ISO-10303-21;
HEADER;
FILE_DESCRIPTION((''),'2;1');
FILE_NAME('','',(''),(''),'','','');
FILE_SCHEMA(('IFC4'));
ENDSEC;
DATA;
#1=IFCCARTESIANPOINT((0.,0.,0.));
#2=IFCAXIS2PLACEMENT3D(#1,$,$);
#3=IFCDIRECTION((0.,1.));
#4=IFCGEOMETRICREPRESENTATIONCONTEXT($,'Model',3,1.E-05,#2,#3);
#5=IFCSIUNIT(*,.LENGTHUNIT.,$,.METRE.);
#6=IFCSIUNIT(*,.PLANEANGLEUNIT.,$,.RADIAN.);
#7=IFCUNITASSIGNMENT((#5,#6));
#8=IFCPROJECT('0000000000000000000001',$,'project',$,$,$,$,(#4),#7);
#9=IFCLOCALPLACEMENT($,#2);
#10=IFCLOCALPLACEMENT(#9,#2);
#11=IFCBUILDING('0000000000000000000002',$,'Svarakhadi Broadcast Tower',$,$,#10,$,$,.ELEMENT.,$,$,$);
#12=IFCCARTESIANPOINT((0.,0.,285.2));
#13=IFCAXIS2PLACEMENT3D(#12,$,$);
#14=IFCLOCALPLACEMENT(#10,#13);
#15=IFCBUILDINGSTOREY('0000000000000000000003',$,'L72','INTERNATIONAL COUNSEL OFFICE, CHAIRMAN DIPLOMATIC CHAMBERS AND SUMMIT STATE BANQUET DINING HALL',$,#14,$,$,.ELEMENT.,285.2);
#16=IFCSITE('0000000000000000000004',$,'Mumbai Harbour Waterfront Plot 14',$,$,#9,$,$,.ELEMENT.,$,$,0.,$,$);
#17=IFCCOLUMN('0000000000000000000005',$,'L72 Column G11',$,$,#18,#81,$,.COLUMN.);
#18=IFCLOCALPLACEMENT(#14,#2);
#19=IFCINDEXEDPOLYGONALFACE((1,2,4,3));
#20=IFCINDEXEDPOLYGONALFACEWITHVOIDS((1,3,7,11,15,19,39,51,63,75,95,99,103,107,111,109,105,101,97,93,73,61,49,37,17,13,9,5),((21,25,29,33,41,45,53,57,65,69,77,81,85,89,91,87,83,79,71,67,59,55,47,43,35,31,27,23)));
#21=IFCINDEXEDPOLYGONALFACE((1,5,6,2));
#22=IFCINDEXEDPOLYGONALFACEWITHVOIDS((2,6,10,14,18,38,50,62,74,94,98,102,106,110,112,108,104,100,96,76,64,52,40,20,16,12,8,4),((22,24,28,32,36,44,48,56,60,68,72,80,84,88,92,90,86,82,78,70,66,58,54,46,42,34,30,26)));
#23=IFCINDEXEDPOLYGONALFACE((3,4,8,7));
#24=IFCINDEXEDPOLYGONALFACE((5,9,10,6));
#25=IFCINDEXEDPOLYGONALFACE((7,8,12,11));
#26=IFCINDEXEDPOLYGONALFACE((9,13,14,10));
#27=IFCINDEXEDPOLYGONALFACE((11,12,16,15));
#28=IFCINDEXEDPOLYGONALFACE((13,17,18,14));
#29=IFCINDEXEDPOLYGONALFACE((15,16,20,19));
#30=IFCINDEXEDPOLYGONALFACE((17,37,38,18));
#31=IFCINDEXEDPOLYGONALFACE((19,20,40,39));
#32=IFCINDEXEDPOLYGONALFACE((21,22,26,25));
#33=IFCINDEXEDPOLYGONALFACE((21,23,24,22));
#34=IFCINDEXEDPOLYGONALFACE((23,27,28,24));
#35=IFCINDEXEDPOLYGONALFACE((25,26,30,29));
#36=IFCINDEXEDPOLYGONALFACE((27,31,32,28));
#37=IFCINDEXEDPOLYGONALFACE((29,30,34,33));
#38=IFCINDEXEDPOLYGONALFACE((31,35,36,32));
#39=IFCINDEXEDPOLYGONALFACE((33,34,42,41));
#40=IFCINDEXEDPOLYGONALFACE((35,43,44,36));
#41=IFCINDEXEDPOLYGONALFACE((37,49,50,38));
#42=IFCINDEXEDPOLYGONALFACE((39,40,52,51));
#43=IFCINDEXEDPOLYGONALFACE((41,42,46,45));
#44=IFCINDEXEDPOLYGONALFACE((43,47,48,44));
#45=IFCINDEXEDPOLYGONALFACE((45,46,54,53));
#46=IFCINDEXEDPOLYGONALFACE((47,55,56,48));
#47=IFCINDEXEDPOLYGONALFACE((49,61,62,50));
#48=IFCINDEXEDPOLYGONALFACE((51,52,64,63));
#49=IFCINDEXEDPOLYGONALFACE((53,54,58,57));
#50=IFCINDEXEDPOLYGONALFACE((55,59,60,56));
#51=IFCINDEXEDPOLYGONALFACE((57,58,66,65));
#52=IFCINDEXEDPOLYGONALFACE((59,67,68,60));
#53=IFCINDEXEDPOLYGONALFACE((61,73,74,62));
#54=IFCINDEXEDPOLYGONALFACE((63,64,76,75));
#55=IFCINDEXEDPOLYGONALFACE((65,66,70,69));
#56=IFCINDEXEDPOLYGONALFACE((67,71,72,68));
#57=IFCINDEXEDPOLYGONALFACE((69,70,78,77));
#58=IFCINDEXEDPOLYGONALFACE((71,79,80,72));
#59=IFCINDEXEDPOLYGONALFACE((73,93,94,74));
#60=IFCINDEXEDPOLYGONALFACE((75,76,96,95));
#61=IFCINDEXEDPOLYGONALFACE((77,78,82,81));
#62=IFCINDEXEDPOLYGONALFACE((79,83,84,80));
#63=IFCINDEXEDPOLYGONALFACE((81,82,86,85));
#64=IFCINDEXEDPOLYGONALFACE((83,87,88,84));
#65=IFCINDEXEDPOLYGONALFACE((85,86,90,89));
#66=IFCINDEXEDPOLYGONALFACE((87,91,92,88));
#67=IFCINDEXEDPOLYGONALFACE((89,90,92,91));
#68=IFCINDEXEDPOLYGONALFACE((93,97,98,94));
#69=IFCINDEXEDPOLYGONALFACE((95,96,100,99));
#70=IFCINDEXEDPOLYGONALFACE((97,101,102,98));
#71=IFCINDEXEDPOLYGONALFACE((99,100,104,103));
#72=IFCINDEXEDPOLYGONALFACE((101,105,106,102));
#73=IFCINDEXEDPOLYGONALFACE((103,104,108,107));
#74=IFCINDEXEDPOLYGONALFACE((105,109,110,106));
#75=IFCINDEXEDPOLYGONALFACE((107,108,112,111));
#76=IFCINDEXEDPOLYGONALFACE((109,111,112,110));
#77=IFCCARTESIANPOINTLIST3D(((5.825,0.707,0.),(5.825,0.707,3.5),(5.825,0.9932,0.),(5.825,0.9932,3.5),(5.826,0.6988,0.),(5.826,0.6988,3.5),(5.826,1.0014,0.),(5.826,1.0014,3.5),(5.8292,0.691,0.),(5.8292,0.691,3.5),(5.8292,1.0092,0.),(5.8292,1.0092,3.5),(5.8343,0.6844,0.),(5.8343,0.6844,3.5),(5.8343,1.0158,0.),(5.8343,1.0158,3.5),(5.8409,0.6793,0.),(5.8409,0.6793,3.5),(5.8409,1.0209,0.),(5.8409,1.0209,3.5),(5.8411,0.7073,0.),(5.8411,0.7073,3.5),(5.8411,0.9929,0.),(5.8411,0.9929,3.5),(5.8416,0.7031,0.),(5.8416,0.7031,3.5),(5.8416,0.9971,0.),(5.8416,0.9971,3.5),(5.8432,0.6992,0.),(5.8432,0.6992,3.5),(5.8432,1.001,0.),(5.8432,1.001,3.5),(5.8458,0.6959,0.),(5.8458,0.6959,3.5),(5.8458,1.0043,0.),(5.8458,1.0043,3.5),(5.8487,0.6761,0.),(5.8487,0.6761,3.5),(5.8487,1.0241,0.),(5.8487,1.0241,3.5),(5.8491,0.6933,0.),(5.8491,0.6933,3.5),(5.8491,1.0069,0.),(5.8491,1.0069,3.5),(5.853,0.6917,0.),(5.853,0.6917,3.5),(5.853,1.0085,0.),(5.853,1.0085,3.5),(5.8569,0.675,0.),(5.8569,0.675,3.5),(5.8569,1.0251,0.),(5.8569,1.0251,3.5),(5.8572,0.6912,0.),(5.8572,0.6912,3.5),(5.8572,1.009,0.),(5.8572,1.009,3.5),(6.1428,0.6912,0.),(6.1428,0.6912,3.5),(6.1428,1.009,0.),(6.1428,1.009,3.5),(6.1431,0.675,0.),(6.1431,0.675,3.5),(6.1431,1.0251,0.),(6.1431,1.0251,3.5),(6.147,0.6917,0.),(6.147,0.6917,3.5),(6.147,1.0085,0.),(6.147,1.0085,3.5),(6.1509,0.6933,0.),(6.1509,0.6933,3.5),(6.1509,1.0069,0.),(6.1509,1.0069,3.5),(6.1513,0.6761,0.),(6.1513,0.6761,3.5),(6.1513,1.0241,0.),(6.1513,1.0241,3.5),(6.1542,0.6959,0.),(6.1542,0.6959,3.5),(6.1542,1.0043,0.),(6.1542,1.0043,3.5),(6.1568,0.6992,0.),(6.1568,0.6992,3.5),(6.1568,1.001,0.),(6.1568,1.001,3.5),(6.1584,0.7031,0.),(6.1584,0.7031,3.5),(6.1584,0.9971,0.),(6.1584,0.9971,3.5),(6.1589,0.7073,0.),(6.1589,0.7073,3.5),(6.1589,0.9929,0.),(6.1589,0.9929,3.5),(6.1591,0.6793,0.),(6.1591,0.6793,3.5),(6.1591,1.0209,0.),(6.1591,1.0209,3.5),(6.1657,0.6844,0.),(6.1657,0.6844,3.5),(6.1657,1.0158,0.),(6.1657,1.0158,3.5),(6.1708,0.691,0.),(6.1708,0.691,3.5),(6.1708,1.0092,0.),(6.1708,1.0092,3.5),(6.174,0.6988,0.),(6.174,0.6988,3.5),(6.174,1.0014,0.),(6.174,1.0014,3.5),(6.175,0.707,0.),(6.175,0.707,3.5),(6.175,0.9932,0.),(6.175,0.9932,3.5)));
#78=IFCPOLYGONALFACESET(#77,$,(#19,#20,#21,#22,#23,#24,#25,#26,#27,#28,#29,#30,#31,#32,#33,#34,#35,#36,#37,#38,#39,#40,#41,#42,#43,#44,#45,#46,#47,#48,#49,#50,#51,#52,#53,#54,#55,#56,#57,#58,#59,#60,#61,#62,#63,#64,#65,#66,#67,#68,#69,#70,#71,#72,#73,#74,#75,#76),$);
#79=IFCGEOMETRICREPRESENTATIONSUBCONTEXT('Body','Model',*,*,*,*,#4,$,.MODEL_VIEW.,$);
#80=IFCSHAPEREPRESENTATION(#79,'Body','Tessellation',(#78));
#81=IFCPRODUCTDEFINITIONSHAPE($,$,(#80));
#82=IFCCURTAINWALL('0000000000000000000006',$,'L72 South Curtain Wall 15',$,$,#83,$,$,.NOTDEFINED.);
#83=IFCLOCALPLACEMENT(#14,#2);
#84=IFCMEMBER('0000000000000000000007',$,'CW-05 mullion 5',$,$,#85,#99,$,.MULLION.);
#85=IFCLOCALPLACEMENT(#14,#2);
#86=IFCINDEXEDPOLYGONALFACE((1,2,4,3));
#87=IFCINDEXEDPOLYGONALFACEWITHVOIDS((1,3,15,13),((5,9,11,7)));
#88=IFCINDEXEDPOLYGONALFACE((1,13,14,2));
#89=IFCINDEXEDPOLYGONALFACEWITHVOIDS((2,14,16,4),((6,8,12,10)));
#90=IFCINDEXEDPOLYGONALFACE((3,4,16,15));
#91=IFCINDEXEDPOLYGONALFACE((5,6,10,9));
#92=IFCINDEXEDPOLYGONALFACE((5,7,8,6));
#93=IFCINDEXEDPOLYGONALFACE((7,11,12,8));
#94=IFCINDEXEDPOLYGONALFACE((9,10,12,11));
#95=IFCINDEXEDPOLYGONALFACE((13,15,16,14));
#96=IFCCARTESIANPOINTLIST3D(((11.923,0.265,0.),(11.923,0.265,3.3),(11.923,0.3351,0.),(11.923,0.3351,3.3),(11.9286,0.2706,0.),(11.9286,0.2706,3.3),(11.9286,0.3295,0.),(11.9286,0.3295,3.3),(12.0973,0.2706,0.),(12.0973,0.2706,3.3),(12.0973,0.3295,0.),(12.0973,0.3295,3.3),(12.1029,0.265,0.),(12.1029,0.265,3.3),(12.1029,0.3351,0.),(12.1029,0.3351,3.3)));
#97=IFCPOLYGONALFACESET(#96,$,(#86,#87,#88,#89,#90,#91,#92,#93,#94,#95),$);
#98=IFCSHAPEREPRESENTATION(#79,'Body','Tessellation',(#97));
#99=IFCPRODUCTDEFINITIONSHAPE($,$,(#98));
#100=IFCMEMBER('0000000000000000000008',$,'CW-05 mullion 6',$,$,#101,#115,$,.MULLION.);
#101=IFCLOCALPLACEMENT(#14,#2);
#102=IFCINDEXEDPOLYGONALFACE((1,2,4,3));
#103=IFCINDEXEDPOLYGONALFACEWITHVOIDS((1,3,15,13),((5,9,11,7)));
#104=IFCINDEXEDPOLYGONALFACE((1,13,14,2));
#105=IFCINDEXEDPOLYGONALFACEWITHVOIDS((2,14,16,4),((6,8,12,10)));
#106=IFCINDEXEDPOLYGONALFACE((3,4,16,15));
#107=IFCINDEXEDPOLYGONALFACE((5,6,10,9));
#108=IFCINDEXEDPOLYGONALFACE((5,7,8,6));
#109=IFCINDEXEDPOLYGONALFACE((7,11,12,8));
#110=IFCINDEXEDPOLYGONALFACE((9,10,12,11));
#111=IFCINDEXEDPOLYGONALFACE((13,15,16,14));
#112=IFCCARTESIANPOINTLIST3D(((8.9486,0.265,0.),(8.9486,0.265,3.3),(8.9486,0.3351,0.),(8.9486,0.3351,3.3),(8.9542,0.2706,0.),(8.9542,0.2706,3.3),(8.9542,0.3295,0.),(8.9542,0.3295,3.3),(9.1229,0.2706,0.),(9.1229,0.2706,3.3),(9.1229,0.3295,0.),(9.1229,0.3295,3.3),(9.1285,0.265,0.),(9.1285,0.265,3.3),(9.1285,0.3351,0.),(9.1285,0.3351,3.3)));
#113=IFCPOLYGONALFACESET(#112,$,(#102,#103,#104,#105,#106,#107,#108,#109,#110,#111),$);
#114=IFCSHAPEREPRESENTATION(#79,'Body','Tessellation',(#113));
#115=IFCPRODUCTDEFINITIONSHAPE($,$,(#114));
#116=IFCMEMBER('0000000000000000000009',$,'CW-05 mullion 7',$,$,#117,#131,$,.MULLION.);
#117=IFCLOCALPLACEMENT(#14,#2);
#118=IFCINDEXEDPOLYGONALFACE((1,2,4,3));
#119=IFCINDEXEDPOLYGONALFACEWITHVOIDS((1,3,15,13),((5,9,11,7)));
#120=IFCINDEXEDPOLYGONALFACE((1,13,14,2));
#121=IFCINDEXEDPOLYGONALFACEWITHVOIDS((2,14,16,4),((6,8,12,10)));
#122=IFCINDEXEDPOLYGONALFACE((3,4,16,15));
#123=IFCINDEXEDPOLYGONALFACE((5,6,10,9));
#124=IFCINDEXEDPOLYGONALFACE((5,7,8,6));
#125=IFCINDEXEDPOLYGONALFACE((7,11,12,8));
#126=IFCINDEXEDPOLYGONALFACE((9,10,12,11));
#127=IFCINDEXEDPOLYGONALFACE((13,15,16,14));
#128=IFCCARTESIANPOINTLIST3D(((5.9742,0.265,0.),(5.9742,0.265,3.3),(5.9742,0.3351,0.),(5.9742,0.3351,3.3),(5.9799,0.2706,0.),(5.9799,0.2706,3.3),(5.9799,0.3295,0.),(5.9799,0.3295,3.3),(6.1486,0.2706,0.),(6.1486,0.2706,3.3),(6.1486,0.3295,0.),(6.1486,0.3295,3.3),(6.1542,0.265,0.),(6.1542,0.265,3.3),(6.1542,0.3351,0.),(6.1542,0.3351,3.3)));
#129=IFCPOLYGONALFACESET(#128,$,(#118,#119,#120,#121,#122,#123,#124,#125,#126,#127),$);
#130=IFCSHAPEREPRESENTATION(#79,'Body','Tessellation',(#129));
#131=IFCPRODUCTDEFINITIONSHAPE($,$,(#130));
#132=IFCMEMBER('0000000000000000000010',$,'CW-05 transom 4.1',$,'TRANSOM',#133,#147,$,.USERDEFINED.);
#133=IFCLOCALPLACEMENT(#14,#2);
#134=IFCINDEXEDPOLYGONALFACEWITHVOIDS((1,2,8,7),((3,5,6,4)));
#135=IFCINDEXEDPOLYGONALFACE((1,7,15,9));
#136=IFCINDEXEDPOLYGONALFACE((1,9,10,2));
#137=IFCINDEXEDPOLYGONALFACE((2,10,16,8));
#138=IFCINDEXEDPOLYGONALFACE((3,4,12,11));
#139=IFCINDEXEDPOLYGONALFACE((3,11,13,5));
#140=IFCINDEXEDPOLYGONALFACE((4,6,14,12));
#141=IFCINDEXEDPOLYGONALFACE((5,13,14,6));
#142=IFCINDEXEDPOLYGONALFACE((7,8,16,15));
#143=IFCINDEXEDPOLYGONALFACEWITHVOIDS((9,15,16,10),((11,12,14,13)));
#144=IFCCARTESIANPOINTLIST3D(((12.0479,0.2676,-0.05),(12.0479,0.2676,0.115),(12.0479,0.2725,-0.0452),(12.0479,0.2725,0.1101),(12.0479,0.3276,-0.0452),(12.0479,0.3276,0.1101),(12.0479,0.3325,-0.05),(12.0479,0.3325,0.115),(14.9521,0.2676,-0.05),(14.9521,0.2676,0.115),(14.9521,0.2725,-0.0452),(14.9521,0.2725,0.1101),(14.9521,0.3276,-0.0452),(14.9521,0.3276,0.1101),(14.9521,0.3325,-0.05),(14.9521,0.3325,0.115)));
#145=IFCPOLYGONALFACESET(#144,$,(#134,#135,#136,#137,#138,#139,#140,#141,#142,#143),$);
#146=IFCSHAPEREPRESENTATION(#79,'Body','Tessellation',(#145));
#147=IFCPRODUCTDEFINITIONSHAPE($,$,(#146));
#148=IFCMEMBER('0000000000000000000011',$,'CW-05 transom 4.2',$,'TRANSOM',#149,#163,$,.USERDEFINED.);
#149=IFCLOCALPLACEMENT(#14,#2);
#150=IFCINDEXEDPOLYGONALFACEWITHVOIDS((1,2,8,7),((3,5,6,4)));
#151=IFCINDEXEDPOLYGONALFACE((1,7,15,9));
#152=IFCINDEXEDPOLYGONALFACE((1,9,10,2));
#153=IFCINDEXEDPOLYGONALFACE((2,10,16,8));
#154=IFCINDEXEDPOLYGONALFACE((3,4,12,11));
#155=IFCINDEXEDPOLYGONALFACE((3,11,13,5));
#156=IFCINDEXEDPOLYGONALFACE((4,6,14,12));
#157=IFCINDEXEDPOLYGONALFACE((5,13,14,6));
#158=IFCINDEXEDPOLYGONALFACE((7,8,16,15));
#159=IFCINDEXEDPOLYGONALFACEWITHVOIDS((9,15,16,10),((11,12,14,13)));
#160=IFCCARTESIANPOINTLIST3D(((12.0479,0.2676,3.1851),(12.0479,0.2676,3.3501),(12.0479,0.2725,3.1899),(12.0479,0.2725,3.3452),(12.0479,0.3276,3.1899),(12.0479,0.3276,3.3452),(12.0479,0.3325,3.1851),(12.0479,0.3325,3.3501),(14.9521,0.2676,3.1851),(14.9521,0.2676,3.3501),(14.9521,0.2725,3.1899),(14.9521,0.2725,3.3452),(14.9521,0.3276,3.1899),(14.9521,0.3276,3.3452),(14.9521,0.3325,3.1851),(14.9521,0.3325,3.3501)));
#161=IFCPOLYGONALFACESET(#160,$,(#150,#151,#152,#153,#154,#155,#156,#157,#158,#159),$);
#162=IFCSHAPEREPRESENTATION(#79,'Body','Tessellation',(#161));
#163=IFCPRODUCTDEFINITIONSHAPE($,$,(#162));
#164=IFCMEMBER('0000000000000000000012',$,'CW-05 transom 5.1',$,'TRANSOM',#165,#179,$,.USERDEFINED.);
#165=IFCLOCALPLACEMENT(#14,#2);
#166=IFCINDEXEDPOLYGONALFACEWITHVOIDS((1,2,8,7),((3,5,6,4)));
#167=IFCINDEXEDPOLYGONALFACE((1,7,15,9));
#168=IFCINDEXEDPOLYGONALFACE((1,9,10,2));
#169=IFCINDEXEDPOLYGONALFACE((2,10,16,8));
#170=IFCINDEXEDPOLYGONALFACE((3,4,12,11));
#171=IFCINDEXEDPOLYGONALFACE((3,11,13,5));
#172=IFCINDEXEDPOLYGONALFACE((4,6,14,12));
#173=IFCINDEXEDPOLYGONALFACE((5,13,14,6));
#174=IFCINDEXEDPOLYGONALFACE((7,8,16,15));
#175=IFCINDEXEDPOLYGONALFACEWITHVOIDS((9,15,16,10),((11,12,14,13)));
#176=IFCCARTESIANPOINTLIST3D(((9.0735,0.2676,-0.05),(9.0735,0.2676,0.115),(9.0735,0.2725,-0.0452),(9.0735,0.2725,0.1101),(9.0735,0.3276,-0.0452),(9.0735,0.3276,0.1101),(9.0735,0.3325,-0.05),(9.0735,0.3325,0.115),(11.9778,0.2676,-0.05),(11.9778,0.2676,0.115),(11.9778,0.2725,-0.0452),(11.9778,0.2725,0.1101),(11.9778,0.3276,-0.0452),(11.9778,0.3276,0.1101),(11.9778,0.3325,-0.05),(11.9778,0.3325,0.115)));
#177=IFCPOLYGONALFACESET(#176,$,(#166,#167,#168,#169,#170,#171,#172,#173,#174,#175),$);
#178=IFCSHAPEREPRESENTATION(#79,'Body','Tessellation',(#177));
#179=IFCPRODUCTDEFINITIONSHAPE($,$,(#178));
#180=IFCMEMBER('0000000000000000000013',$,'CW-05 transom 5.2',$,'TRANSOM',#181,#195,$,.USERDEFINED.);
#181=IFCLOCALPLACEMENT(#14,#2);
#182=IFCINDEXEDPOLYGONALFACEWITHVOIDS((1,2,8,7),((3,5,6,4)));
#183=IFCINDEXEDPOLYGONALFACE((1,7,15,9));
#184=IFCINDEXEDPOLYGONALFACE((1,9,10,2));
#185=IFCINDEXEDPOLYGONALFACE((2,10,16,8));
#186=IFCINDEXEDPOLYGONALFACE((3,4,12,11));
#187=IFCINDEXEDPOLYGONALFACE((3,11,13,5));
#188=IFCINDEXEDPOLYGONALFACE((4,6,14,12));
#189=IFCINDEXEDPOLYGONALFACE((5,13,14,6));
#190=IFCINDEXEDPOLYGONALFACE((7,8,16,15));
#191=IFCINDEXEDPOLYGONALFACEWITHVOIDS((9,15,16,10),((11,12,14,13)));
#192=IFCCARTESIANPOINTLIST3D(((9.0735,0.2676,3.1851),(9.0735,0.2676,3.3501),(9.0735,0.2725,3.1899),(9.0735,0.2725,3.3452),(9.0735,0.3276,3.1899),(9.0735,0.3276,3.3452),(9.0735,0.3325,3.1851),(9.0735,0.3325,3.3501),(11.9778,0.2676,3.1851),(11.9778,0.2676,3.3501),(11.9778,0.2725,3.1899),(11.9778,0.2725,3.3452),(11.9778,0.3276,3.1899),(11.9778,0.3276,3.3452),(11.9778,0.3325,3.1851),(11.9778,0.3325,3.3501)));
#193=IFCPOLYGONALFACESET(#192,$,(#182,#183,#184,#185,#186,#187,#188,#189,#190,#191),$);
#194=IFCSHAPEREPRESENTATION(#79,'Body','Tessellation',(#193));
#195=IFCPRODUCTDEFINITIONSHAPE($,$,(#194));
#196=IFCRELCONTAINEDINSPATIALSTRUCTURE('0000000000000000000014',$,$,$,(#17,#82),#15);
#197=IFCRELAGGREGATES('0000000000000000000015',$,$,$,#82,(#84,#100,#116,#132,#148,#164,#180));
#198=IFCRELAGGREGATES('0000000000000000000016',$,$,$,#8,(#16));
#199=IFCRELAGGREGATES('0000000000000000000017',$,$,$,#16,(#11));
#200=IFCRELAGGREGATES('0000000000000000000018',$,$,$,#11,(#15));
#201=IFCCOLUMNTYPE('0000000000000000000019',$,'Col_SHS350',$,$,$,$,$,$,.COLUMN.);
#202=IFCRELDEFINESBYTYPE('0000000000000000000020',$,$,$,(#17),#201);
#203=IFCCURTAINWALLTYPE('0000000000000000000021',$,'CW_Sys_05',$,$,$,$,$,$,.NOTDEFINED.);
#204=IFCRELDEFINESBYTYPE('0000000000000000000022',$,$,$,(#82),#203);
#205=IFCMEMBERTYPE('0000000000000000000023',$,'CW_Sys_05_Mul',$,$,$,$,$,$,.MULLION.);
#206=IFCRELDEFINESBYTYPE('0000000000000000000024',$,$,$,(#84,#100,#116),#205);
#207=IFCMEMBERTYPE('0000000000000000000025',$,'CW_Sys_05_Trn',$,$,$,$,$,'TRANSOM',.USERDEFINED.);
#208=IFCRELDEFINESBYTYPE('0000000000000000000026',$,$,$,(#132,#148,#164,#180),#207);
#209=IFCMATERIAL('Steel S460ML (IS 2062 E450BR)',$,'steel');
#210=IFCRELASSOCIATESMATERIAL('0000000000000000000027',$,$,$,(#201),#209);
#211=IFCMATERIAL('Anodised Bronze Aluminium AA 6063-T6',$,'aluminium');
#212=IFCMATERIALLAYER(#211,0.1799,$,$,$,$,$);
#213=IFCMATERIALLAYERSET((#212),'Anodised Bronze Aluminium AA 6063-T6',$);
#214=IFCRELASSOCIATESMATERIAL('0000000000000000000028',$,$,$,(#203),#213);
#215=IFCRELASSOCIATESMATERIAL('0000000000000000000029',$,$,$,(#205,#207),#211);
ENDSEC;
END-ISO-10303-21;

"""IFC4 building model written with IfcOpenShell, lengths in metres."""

from ifc_helpers import new_model, si_unit, direction, frame, origin, origin_2d, place, context, subcontext, project, spatial, hollow_rectangle, extrude, material, layer, layer_set, material_profile, profile_set, type_object, element, aggregate, save


model = new_model("IFC4")

# Units and contexts
model_context = context("Model", 3, precision=1e-05, world=origin(), true_north=direction((0.0, 1.0)))
body_context = subcontext(model_context, "Body", "Model", "MODEL_VIEW")
ifc_project = project(units=[si_unit("LENGTHUNIT", "METRE"), si_unit("PLANEANGLEUNIT", "RADIAN")], contexts=[model_context])

# Site, building, storey
site_placement = place(None, origin())
site = spatial("IfcSite", under=ifc_project, at=site_placement, Name="Mumbai Harbour Waterfront Plot 14", CompositionType="ELEMENT", RefElevation=0.0)
building_placement = place(site_placement, origin())
building = spatial("IfcBuilding", under=site, at=building_placement, Name="Svarakhadi Broadcast Tower", CompositionType="ELEMENT")
storey_placement = place(building_placement, frame((0.0, 0.0, 285.2)))
storey = spatial("IfcBuildingStorey", under=building, at=storey_placement, Name="L72", Description="INTERNATIONAL COUNSEL OFFICE, CHAIRMAN DIPLOMATIC CHAMBERS AND SUMMIT STATE BANQUET DINING HALL", CompositionType="ELEMENT", Elevation=285.2)

# Column
ifc_material_1 = material(Name="Steel S460ML (IS 2062 E450BR)", Category="steel")
ifc_material_profile_1 = material_profile(ifc_material_1, hollow_rectangle(XDim=0.3501, YDim=0.3501, WallThickness=0.0161, InnerFilletRadius=0.0161, OuterFilletRadius=0.032, at=origin_2d()), Name="SHS 350x350x16")
ifc_profile_set_1 = profile_set([ifc_material_profile_1], Name="Steel S460ML (IS 2062 E450BR)")
column_type = type_object("IfcColumnType", Name="Col_SHS350", PredefinedType="COLUMN", material=ifc_profile_set_1)
column_placement = place(storey_placement, frame((6.0, 0.8501, 0.0), z_axis=(0.0, 0.0, 1.0), x_axis=(1.0, 0.0, 0.0)))
element("IfcColumn", 1, at=column_placement, inside=storey, type_object=column_type, Name="L72 Column G11", PredefinedType="COLUMN", context=body_context, shape_type="SweptSolid", body=[
    extrude(hollow_rectangle(XDim=0.3501, YDim=0.3501, WallThickness=0.0161, InnerFilletRadius=0.0161, OuterFilletRadius=0.032, at=origin_2d()), origin(), (0.0, 0.0, 1.0), 3.5),
])

# Curtain wall, members
ifc_material_2 = material(Name="Anodised Bronze Aluminium AA 6063-T6", Category="aluminium")
ifc_layer_1 = layer(ifc_material_2, 0.1799)
ifc_layer_set_1 = layer_set([ifc_layer_1], Name="Anodised Bronze Aluminium AA 6063-T6")
curtain_wall_type = type_object("IfcCurtainWallType", Name="CW_Sys_05", PredefinedType="NOTDEFINED", material=ifc_layer_set_1)
curtain_wall_placement = place(storey_placement, origin())
curtain_wall = element("IfcCurtainWall", 2, at=curtain_wall_placement, inside=storey, type_object=curtain_wall_type, Name="L72 South Curtain Wall 15", PredefinedType="NOTDEFINED")
ifc_material_profile_2 = material_profile(ifc_material_2, hollow_rectangle(XDim=0.0701, YDim=0.1799, WallThickness=0.0056, at=origin_2d()), Name="ALU MULLION 180x70x6")
ifc_profile_set_2 = profile_set([ifc_material_profile_2], Name="Anodised Bronze Aluminium AA 6063-T6")
member_type_1 = type_object("IfcMemberType", Name="CW_Sys_05_Mul", PredefinedType="MULLION", material=ifc_profile_set_2)
member_1_placement = place(storey_placement, frame((12.0129, 0.3, 0.0), z_axis=(0.0, 0.0, 1.0), x_axis=(0.0, -1.0, 0.0)))
member_1 = element("IfcMember", 3, at=member_1_placement, type_object=member_type_1, Name="CW-05 mullion 5", PredefinedType="MULLION", context=body_context, shape_type="SweptSolid", body=[
    extrude(hollow_rectangle(XDim=0.0701, YDim=0.1799, WallThickness=0.0056, at=origin_2d()), origin(), (0.0, 0.0, 1.0), 3.3),
])
member_2_placement = place(storey_placement, frame((9.0386, 0.3, 0.0), z_axis=(0.0, 0.0, 1.0), x_axis=(0.0, -1.0, 0.0)))
member_2 = element("IfcMember", 4, at=member_2_placement, type_object=member_type_1, Name="CW-05 mullion 6", PredefinedType="MULLION", context=body_context, shape_type="SweptSolid", body=[
    extrude(hollow_rectangle(XDim=0.0701, YDim=0.1799, WallThickness=0.0056, at=origin_2d()), origin(), (0.0, 0.0, 1.0), 3.3),
])
member_3_placement = place(storey_placement, frame((6.0642, 0.3, 0.0), z_axis=(0.0, 0.0, 1.0), x_axis=(0.0, -1.0, 0.0)))
member_3 = element("IfcMember", 5, at=member_3_placement, type_object=member_type_1, Name="CW-05 mullion 7", PredefinedType="MULLION", context=body_context, shape_type="SweptSolid", body=[
    extrude(hollow_rectangle(XDim=0.0701, YDim=0.1799, WallThickness=0.0056, at=origin_2d()), origin(), (0.0, 0.0, 1.0), 3.3),
])
ifc_material_profile_3 = material_profile(ifc_material_2, hollow_rectangle(XDim=0.0649, YDim=0.165, WallThickness=0.0049, at=origin_2d()), Name="ALU TRANSOM 165x65x5")
ifc_profile_set_3 = profile_set([ifc_material_profile_3], Name="Anodised Bronze Aluminium AA 6063-T6")
member_type_2 = type_object("IfcMemberType", Name="CW_Sys_05_Trn", ElementType="TRANSOM", PredefinedType="USERDEFINED", material=ifc_profile_set_3)
member_4_placement = place(storey_placement, frame((14.9521, 0.3, 0.0325), z_axis=(-1.0, 0.0, 0.0), x_axis=(0.0, -1.0, 0.0)))
member_4 = element("IfcMember", 6, at=member_4_placement, type_object=member_type_2, Name="CW-05 transom 4.1", ObjectType="TRANSOM", PredefinedType="USERDEFINED", context=body_context, shape_type="SweptSolid", body=[
    extrude(hollow_rectangle(XDim=0.0649, YDim=0.165, WallThickness=0.0049, at=origin_2d()), origin(), (0.0, 0.0, 1.0), 2.9043),
])
member_5_placement = place(storey_placement, frame((14.9521, 0.3, 3.2676), z_axis=(-1.0, 0.0, 0.0), x_axis=(0.0, -1.0, 0.0)))
member_5 = element("IfcMember", 7, at=member_5_placement, type_object=member_type_2, Name="CW-05 transom 4.2", ObjectType="TRANSOM", PredefinedType="USERDEFINED", context=body_context, shape_type="SweptSolid", body=[
    extrude(hollow_rectangle(XDim=0.0649, YDim=0.165, WallThickness=0.0049, at=origin_2d()), origin(), (0.0, 0.0, 1.0), 2.9043),
])
member_6_placement = place(storey_placement, frame((11.9778, 0.3, 0.0325), z_axis=(-1.0, 0.0, 0.0), x_axis=(0.0, -1.0, 0.0)))
member_6 = element("IfcMember", 8, at=member_6_placement, type_object=member_type_2, Name="CW-05 transom 5.1", ObjectType="TRANSOM", PredefinedType="USERDEFINED", context=body_context, shape_type="SweptSolid", body=[
    extrude(hollow_rectangle(XDim=0.0649, YDim=0.165, WallThickness=0.0049, at=origin_2d()), origin(), (0.0, 0.0, 1.0), 2.9043),
])
member_7_placement = place(storey_placement, frame((11.9778, 0.3, 3.2676), z_axis=(-1.0, 0.0, 0.0), x_axis=(0.0, -1.0, 0.0)))
member_7 = element("IfcMember", 9, at=member_7_placement, type_object=member_type_2, Name="CW-05 transom 5.2", ObjectType="TRANSOM", PredefinedType="USERDEFINED", context=body_context, shape_type="SweptSolid", body=[
    extrude(hollow_rectangle(XDim=0.0649, YDim=0.165, WallThickness=0.0049, at=origin_2d()), origin(), (0.0, 0.0, 1.0), 2.9043),
])

aggregate(curtain_wall, [member_1, member_2, member_3, member_4, member_5, member_6, member_7])

save(model, "model.ifc")
